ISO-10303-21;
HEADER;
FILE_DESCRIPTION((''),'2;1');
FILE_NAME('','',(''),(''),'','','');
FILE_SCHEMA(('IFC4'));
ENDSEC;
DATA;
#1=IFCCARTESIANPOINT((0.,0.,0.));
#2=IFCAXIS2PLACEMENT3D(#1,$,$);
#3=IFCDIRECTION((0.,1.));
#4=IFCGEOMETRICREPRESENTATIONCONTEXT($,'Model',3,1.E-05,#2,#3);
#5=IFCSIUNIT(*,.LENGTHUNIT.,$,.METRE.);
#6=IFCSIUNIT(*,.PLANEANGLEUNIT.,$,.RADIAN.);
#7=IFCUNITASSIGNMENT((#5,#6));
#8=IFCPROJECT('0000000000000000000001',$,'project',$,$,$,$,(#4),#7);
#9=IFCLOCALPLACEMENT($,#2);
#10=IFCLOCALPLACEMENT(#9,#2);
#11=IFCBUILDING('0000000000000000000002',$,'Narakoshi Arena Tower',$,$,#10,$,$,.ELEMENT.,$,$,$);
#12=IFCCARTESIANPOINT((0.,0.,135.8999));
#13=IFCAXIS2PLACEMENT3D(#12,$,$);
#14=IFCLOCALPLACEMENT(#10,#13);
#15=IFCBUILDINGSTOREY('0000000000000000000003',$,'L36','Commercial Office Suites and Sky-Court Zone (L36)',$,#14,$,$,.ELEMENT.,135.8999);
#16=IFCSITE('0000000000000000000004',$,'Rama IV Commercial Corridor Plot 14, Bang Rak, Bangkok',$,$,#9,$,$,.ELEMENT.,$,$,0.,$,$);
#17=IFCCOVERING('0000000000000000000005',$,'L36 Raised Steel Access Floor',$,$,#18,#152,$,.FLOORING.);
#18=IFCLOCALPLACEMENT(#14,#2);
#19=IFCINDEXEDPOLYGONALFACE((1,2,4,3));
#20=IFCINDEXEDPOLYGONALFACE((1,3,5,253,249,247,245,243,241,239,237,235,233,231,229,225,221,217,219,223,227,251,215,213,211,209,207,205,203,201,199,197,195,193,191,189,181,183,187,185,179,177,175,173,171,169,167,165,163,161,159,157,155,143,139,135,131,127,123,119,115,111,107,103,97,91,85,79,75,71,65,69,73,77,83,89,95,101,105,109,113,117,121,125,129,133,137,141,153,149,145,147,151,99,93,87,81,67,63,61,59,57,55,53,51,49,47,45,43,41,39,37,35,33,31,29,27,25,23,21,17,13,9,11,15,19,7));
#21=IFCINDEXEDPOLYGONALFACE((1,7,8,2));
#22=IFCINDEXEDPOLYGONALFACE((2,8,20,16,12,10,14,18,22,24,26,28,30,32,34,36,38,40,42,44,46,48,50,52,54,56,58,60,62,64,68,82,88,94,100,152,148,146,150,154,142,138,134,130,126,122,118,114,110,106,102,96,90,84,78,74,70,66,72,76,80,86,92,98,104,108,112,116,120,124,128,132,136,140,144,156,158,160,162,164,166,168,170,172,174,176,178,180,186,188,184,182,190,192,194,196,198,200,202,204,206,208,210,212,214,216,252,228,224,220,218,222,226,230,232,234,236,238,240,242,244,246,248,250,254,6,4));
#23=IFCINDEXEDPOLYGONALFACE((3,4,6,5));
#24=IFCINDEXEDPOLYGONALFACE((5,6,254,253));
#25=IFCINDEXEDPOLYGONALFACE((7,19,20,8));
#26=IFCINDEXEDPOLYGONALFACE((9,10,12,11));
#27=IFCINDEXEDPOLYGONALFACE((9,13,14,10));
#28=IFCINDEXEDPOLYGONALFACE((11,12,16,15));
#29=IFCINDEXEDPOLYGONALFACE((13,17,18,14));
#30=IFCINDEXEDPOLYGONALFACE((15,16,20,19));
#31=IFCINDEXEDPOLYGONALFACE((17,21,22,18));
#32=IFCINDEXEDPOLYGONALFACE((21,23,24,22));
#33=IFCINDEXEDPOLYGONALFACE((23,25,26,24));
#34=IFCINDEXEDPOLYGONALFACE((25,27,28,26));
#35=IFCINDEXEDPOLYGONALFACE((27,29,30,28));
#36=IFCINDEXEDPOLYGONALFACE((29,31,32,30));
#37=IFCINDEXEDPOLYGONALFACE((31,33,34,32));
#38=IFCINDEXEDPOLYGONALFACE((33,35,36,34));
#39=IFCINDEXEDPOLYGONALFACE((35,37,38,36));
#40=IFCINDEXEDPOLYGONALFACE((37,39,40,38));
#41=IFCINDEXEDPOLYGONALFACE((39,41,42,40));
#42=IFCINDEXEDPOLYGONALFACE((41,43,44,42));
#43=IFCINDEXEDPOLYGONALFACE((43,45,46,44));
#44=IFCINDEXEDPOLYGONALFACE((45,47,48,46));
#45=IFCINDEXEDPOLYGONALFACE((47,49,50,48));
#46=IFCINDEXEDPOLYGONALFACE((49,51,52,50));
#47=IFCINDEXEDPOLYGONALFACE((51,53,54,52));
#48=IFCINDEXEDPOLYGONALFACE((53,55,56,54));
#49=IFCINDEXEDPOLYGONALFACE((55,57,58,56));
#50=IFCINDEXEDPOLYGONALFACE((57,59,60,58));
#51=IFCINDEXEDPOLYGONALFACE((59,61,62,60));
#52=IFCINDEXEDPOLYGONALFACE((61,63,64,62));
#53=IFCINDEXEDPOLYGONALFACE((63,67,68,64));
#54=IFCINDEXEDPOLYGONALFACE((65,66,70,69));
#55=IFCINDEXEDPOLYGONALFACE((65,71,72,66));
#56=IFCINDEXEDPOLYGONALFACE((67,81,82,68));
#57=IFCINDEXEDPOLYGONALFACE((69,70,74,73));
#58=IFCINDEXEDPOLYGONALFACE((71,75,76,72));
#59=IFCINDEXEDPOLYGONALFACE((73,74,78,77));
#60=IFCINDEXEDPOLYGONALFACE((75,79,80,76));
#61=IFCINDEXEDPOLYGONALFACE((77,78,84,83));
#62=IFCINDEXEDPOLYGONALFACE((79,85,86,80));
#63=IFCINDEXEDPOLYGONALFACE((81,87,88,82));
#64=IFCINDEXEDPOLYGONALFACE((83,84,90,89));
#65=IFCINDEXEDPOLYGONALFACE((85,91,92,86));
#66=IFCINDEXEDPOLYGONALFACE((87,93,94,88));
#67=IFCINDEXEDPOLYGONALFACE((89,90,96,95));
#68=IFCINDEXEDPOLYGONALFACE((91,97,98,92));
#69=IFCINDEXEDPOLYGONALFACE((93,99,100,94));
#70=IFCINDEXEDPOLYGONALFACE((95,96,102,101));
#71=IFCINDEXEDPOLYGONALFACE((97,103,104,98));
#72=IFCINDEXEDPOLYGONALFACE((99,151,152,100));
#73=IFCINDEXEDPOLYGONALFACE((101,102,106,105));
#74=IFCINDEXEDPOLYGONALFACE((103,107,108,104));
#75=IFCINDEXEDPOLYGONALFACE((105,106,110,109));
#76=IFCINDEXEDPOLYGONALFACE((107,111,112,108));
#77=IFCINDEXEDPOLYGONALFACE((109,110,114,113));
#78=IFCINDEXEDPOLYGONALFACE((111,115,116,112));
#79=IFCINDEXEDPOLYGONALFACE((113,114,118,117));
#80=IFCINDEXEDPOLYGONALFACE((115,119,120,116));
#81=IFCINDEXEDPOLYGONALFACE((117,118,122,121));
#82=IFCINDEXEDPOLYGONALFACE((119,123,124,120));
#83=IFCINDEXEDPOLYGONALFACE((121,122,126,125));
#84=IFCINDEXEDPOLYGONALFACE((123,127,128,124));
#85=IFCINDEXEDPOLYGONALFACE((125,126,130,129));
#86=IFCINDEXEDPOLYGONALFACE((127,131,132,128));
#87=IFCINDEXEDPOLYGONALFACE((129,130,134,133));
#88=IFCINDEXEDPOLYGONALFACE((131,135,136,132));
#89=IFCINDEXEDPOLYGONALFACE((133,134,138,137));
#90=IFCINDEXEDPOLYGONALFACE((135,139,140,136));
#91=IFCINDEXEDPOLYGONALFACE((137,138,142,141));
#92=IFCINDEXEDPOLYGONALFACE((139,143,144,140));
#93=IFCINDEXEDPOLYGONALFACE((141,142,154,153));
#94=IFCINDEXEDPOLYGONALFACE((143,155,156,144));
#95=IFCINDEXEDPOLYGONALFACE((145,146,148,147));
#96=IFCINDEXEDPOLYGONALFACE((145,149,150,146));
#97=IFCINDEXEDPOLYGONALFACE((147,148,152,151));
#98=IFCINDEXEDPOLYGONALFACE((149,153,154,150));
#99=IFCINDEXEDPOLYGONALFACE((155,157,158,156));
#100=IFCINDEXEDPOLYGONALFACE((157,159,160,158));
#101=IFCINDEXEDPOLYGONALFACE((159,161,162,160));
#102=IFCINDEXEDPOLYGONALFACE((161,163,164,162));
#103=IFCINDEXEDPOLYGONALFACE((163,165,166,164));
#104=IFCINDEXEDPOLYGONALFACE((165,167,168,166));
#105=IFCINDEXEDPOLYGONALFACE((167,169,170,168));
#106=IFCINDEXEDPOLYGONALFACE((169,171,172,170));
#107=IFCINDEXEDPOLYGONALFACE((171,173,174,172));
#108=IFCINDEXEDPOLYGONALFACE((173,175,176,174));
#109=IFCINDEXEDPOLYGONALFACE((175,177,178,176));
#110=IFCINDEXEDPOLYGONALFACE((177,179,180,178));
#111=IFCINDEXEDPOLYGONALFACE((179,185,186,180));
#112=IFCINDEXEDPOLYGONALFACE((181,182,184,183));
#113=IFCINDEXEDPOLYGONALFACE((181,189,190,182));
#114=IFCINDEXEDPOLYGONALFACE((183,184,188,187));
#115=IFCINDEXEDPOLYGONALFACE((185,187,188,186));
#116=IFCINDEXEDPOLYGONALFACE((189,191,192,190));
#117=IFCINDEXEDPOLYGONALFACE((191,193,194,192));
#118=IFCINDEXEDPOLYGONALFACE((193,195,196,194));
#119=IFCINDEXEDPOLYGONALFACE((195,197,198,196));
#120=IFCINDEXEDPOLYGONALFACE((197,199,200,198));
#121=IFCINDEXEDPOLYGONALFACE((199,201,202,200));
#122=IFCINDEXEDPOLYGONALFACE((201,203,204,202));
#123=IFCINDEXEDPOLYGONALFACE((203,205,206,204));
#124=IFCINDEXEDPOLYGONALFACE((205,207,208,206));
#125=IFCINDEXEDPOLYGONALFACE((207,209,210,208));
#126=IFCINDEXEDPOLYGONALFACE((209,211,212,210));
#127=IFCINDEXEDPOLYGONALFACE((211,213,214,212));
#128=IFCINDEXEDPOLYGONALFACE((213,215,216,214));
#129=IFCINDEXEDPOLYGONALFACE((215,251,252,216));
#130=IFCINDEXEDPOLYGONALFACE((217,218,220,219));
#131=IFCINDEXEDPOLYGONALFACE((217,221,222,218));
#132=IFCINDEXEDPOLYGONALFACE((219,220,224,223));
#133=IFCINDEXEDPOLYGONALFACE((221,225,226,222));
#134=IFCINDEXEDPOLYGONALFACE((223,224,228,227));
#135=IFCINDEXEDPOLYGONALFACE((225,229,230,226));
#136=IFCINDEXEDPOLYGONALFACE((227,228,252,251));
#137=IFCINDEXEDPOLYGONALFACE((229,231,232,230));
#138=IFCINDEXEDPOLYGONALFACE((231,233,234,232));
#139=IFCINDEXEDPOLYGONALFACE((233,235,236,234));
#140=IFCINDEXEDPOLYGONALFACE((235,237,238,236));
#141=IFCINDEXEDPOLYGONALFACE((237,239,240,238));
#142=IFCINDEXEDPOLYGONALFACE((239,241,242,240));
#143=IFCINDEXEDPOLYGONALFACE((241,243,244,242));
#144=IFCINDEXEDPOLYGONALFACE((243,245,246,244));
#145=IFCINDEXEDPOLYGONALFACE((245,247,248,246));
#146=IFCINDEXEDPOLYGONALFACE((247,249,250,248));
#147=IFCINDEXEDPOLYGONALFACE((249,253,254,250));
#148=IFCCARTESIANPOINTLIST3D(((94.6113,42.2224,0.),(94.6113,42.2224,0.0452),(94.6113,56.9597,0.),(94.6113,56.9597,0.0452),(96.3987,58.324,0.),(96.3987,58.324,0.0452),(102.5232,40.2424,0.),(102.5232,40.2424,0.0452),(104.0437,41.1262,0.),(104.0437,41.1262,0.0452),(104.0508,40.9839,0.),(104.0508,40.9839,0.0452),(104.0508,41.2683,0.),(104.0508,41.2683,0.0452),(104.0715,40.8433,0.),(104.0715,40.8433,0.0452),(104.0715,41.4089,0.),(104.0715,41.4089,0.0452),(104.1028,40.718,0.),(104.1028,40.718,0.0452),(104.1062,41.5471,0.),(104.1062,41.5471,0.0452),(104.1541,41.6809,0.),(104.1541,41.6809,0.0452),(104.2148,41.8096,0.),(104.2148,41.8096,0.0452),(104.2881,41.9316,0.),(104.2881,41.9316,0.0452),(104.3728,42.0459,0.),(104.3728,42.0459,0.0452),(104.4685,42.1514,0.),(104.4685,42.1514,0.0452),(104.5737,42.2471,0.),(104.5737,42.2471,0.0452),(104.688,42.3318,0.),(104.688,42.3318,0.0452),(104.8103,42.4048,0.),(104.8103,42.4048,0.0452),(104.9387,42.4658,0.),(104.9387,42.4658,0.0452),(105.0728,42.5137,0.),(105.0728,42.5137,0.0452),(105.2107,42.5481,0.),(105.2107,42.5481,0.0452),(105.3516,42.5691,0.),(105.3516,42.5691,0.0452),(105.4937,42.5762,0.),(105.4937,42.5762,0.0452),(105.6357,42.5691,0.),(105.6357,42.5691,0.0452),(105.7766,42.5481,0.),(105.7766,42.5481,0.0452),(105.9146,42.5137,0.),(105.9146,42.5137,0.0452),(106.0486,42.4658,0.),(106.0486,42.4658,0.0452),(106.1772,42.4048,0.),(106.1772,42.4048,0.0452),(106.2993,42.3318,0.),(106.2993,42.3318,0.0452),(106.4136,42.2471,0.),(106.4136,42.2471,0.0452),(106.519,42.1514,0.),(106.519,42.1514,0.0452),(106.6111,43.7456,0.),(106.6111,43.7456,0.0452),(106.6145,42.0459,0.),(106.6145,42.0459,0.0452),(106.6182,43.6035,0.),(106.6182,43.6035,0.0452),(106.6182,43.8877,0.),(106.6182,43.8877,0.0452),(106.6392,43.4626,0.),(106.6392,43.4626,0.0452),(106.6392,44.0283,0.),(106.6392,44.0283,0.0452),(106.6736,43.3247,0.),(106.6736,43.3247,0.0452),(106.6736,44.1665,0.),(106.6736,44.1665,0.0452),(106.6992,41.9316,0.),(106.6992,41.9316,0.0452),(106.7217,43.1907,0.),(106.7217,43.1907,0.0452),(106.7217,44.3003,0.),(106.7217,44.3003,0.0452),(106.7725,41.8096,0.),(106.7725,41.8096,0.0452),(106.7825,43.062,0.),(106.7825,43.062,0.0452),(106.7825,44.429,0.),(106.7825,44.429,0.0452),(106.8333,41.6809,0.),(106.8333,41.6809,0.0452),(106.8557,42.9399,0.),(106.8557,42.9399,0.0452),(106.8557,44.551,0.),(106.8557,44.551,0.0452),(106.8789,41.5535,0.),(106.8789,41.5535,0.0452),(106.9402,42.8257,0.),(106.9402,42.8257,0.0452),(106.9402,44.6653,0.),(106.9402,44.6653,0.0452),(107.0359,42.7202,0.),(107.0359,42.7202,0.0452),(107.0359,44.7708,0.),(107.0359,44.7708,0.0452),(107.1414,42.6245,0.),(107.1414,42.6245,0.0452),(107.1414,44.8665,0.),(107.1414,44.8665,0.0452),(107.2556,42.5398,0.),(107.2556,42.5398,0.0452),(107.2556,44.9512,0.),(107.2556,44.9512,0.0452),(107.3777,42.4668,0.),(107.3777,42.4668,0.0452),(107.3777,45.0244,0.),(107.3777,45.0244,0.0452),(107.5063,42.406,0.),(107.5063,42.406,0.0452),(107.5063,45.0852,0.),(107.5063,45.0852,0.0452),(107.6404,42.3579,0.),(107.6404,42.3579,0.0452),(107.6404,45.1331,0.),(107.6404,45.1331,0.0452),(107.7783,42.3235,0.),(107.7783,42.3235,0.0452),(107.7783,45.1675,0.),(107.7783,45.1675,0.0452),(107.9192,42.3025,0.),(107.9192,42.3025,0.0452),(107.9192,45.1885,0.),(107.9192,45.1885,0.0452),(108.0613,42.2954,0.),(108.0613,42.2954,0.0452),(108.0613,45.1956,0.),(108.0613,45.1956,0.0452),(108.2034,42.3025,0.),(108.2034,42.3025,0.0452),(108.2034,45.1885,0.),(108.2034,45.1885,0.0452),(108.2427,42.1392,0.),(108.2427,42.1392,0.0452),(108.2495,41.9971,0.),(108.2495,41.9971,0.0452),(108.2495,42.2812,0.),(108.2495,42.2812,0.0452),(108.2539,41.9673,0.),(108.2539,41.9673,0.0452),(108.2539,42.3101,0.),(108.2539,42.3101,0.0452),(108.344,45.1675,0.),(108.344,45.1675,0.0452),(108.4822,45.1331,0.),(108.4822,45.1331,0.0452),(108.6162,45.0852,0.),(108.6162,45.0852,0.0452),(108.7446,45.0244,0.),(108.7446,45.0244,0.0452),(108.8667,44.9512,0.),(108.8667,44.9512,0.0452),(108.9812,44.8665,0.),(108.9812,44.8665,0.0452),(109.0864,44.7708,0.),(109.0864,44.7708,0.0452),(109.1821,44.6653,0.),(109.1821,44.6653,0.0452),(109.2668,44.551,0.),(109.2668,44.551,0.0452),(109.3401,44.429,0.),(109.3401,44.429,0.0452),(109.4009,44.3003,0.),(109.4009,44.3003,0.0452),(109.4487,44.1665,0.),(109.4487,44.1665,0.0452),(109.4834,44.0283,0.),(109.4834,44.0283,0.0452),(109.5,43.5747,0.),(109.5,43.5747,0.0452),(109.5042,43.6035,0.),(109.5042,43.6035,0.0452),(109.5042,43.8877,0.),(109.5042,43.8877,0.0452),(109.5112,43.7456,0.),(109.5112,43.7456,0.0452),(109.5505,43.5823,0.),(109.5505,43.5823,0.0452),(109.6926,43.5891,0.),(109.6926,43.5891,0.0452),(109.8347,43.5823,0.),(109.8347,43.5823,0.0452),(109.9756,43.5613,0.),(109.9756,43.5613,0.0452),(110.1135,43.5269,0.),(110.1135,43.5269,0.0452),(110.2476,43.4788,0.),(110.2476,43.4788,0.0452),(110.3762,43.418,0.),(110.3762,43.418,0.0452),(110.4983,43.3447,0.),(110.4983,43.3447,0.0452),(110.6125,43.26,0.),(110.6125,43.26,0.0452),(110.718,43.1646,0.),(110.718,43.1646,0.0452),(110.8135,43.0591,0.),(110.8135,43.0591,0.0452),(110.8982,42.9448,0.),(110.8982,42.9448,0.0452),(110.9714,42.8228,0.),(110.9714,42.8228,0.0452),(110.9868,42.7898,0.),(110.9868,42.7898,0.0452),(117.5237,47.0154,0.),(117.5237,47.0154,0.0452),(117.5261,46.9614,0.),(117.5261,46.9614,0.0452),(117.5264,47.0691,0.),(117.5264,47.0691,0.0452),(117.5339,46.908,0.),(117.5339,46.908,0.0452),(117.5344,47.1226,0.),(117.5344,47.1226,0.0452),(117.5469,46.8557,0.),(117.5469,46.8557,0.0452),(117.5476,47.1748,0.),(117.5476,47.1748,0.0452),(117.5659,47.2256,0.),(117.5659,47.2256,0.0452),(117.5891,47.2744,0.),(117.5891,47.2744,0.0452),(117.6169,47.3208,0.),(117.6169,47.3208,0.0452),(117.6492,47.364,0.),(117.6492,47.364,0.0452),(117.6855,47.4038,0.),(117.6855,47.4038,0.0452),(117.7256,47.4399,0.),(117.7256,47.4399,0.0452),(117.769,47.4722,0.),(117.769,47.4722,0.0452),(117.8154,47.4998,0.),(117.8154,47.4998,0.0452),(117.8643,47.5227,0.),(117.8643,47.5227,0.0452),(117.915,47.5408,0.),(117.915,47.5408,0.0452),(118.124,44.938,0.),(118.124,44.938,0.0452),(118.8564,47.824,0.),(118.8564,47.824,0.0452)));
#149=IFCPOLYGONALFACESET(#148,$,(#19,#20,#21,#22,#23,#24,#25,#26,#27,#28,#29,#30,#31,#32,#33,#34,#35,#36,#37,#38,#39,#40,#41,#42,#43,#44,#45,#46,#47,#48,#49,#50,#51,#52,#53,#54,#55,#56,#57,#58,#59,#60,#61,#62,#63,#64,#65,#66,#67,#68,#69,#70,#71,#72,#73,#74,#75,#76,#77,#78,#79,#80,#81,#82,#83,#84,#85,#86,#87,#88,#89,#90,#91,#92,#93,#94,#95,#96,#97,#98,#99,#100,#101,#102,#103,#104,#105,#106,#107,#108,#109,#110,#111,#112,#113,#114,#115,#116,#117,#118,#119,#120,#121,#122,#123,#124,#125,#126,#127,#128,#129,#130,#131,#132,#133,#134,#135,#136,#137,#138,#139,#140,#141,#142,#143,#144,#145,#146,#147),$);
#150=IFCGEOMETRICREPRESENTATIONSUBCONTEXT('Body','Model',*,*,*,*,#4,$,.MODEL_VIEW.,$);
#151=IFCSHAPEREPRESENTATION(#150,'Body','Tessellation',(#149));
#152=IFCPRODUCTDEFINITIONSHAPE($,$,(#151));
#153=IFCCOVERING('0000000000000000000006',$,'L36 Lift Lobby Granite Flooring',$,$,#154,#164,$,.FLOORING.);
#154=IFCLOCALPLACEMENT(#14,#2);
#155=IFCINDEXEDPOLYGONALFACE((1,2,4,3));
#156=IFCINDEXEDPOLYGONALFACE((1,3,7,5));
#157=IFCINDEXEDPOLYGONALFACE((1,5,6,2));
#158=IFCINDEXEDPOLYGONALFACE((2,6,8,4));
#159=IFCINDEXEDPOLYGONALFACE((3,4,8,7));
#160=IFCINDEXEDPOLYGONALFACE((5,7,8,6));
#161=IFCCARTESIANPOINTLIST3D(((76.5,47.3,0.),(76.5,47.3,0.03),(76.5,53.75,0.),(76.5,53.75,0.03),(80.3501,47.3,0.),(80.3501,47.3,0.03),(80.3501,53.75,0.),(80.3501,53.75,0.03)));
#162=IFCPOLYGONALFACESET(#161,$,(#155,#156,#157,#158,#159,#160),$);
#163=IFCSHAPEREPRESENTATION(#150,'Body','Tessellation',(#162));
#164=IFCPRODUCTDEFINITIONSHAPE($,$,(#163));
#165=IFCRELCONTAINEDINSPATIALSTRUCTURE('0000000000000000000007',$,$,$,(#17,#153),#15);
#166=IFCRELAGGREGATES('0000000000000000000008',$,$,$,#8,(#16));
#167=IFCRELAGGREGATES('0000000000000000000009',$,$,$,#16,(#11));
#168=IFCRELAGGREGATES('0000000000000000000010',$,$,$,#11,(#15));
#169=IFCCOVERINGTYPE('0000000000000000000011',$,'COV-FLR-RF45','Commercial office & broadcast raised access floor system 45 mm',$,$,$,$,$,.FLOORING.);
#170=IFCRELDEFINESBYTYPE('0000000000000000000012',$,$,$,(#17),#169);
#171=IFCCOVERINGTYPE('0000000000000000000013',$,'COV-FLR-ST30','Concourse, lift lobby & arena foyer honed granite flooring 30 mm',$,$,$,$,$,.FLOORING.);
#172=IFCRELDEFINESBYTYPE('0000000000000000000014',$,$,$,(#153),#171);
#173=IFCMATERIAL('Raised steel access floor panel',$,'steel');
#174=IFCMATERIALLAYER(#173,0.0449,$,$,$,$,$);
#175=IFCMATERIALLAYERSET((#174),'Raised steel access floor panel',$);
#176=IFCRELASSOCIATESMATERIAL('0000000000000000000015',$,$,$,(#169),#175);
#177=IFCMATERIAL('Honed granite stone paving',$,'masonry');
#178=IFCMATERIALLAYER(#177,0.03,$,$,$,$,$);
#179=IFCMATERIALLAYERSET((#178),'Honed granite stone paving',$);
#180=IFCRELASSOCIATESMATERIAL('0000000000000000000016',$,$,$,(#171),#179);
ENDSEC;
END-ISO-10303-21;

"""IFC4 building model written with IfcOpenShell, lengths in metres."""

from ifc_helpers import new_model, si_unit, direction, frame, origin, place, context, subcontext, project, spatial, polyline, outline, extrude, material, layer, layer_set, type_object, element, save


model = new_model("IFC4")

# Units and contexts
model_context = context("Model", 3, precision=1e-05, world=origin(), true_north=direction((0.0, 1.0)))
body_context = subcontext(model_context, "Body", "Model", "MODEL_VIEW")
ifc_project = project(units=[si_unit("LENGTHUNIT", "METRE"), si_unit("PLANEANGLEUNIT", "RADIAN")], contexts=[model_context])

# Site, building, storey
site_placement = place(None, origin())
site = spatial("IfcSite", under=ifc_project, at=site_placement, Name="Rama IV Commercial Corridor Plot 14, Bang Rak, Bangkok", CompositionType="ELEMENT", RefElevation=0.0)
building_placement = place(site_placement, origin())
building = spatial("IfcBuilding", under=site, at=building_placement, Name="Narakoshi Arena Tower", CompositionType="ELEMENT")
storey_placement = place(building_placement, frame((0.0, 0.0, 135.8999)))
storey = spatial("IfcBuildingStorey", under=building, at=storey_placement, Name="L36", Description="Commercial Office Suites and Sky-Court Zone (L36)", CompositionType="ELEMENT", Elevation=135.8999)

# Coverings
ifc_material_1 = material(Name="Raised steel access floor panel", Category="steel")
ifc_layer_1 = layer(ifc_material_1, 0.0449)
ifc_layer_set_1 = layer_set([ifc_layer_1], Name="Raised steel access floor panel")
covering_type_1 = type_object("IfcCoveringType", Name="COV-FLR-RF45", Description="Commercial office & broadcast raised access floor system 45 mm", PredefinedType="FLOORING", material=ifc_layer_set_1)
covering_1_placement = place(storey_placement, origin())
element("IfcCovering", 1, at=covering_1_placement, inside=storey, type_object=covering_type_1, Name="L36 Raised Steel Access Floor", PredefinedType="FLOORING", context=body_context, shape_type="SweptSolid", body=[
    extrude(outline(polyline([(117.915, 47.5408), (117.8643, 47.5227), (117.8154, 47.4998), (117.769, 47.4722), (117.7256, 47.4399), (117.6855, 47.4038), (117.6492, 47.364), (117.6169, 47.3208), (117.5891, 47.2744), (117.5659, 47.2256), (117.5476, 47.1748), (117.5344, 47.1226), (117.5264, 47.0691), (117.5237, 47.0154), (117.5261, 46.9614), (117.5339, 46.908), (117.5469, 46.8557), (118.124, 44.938), (110.9868, 42.7898), (110.9714, 42.8228), (110.8982, 42.9448), (110.8135, 43.0591), (110.718, 43.1646), (110.6125, 43.26), (110.4983, 43.3447), (110.3762, 43.418), (110.2476, 43.4788), (110.1135, 43.5269), (109.9756, 43.5613), (109.8347, 43.5823), (109.6926, 43.5891), (109.5505, 43.5823), (109.5, 43.5747), (109.5042, 43.6035), (109.5112, 43.7456), (109.5042, 43.8877), (109.4834, 44.0283), (109.4487, 44.1665), (109.4009, 44.3003), (109.3401, 44.429), (109.2668, 44.551), (109.1821, 44.6653), (109.0864, 44.7708), (108.9812, 44.8665), (108.8667, 44.9512), (108.7446, 45.0244), (108.6162, 45.0852), (108.4822, 45.1331), (108.344, 45.1675), (108.2034, 45.1885), (108.0613, 45.1956), (107.9192, 45.1885), (107.7783, 45.1675), (107.6404, 45.1331), (107.5063, 45.0852), (107.3777, 45.0244), (107.2556, 44.9512), (107.1414, 44.8665), (107.0359, 44.7708), (106.9402, 44.6653), (106.8557, 44.551), (106.7825, 44.429), (106.7217, 44.3003), (106.6736, 44.1665), (106.6392, 44.0283), (106.6182, 43.8877), (106.6111, 43.7456), (106.6182, 43.6035), (106.6392, 43.4626), (106.6736, 43.3247), (106.7217, 43.1907), (106.7825, 43.062), (106.8557, 42.9399), (106.9402, 42.8257), (107.0359, 42.7202), (107.1414, 42.6245), (107.2556, 42.5398), (107.3777, 42.4668), (107.5063, 42.406), (107.6404, 42.3579), (107.7783, 42.3235), (107.9192, 42.3025), (108.0613, 42.2954), (108.2034, 42.3025), (108.2539, 42.3101), (108.2495, 42.2812), (108.2427, 42.1392), (108.2495, 41.9971), (108.2539, 41.9673), (106.8789, 41.5535), (106.8333, 41.6809), (106.7725, 41.8096), (106.6992, 41.9316), (106.6145, 42.0459), (106.519, 42.1514), (106.4136, 42.2471), (106.2993, 42.3318), (106.1772, 42.4048), (106.0486, 42.4658), (105.9146, 42.5137), (105.7766, 42.5481), (105.6357, 42.5691), (105.4937, 42.5762), (105.3516, 42.5691), (105.2107, 42.5481), (105.0728, 42.5137), (104.9387, 42.4658), (104.8103, 42.4048), (104.688, 42.3318), (104.5737, 42.2471), (104.4685, 42.1514), (104.3728, 42.0459), (104.2881, 41.9316), (104.2148, 41.8096), (104.1541, 41.6809), (104.1062, 41.5471), (104.0715, 41.4089), (104.0508, 41.2683), (104.0437, 41.1262), (104.0508, 40.9839), (104.0715, 40.8433), (104.1028, 40.718), (102.5232, 40.2424), (94.6113, 42.2224), (94.6113, 56.9597), (96.3987, 58.324), (118.8564, 47.824), (117.915, 47.5408)])), origin(), (0.0, 0.0, 1.0), 0.0452),
])
ifc_material_2 = material(Name="Honed granite stone paving", Category="masonry")
ifc_layer_2 = layer(ifc_material_2, 0.03)
ifc_layer_set_2 = layer_set([ifc_layer_2], Name="Honed granite stone paving")
covering_type_2 = type_object("IfcCoveringType", Name="COV-FLR-ST30", Description="Concourse, lift lobby & arena foyer honed granite flooring 30 mm", PredefinedType="FLOORING", material=ifc_layer_set_2)
covering_2_placement = place(storey_placement, origin())
element("IfcCovering", 2, at=covering_2_placement, inside=storey, type_object=covering_type_2, Name="L36 Lift Lobby Granite Flooring", PredefinedType="FLOORING", context=body_context, shape_type="SweptSolid", body=[
    extrude(outline(polyline([(76.5, 47.3), (80.3501, 47.3), (80.3501, 53.75), (76.5, 53.75), (76.5, 47.3)])), origin(), (0.0, 0.0, 1.0), 0.03),
])

save(model, "model.ifc")
